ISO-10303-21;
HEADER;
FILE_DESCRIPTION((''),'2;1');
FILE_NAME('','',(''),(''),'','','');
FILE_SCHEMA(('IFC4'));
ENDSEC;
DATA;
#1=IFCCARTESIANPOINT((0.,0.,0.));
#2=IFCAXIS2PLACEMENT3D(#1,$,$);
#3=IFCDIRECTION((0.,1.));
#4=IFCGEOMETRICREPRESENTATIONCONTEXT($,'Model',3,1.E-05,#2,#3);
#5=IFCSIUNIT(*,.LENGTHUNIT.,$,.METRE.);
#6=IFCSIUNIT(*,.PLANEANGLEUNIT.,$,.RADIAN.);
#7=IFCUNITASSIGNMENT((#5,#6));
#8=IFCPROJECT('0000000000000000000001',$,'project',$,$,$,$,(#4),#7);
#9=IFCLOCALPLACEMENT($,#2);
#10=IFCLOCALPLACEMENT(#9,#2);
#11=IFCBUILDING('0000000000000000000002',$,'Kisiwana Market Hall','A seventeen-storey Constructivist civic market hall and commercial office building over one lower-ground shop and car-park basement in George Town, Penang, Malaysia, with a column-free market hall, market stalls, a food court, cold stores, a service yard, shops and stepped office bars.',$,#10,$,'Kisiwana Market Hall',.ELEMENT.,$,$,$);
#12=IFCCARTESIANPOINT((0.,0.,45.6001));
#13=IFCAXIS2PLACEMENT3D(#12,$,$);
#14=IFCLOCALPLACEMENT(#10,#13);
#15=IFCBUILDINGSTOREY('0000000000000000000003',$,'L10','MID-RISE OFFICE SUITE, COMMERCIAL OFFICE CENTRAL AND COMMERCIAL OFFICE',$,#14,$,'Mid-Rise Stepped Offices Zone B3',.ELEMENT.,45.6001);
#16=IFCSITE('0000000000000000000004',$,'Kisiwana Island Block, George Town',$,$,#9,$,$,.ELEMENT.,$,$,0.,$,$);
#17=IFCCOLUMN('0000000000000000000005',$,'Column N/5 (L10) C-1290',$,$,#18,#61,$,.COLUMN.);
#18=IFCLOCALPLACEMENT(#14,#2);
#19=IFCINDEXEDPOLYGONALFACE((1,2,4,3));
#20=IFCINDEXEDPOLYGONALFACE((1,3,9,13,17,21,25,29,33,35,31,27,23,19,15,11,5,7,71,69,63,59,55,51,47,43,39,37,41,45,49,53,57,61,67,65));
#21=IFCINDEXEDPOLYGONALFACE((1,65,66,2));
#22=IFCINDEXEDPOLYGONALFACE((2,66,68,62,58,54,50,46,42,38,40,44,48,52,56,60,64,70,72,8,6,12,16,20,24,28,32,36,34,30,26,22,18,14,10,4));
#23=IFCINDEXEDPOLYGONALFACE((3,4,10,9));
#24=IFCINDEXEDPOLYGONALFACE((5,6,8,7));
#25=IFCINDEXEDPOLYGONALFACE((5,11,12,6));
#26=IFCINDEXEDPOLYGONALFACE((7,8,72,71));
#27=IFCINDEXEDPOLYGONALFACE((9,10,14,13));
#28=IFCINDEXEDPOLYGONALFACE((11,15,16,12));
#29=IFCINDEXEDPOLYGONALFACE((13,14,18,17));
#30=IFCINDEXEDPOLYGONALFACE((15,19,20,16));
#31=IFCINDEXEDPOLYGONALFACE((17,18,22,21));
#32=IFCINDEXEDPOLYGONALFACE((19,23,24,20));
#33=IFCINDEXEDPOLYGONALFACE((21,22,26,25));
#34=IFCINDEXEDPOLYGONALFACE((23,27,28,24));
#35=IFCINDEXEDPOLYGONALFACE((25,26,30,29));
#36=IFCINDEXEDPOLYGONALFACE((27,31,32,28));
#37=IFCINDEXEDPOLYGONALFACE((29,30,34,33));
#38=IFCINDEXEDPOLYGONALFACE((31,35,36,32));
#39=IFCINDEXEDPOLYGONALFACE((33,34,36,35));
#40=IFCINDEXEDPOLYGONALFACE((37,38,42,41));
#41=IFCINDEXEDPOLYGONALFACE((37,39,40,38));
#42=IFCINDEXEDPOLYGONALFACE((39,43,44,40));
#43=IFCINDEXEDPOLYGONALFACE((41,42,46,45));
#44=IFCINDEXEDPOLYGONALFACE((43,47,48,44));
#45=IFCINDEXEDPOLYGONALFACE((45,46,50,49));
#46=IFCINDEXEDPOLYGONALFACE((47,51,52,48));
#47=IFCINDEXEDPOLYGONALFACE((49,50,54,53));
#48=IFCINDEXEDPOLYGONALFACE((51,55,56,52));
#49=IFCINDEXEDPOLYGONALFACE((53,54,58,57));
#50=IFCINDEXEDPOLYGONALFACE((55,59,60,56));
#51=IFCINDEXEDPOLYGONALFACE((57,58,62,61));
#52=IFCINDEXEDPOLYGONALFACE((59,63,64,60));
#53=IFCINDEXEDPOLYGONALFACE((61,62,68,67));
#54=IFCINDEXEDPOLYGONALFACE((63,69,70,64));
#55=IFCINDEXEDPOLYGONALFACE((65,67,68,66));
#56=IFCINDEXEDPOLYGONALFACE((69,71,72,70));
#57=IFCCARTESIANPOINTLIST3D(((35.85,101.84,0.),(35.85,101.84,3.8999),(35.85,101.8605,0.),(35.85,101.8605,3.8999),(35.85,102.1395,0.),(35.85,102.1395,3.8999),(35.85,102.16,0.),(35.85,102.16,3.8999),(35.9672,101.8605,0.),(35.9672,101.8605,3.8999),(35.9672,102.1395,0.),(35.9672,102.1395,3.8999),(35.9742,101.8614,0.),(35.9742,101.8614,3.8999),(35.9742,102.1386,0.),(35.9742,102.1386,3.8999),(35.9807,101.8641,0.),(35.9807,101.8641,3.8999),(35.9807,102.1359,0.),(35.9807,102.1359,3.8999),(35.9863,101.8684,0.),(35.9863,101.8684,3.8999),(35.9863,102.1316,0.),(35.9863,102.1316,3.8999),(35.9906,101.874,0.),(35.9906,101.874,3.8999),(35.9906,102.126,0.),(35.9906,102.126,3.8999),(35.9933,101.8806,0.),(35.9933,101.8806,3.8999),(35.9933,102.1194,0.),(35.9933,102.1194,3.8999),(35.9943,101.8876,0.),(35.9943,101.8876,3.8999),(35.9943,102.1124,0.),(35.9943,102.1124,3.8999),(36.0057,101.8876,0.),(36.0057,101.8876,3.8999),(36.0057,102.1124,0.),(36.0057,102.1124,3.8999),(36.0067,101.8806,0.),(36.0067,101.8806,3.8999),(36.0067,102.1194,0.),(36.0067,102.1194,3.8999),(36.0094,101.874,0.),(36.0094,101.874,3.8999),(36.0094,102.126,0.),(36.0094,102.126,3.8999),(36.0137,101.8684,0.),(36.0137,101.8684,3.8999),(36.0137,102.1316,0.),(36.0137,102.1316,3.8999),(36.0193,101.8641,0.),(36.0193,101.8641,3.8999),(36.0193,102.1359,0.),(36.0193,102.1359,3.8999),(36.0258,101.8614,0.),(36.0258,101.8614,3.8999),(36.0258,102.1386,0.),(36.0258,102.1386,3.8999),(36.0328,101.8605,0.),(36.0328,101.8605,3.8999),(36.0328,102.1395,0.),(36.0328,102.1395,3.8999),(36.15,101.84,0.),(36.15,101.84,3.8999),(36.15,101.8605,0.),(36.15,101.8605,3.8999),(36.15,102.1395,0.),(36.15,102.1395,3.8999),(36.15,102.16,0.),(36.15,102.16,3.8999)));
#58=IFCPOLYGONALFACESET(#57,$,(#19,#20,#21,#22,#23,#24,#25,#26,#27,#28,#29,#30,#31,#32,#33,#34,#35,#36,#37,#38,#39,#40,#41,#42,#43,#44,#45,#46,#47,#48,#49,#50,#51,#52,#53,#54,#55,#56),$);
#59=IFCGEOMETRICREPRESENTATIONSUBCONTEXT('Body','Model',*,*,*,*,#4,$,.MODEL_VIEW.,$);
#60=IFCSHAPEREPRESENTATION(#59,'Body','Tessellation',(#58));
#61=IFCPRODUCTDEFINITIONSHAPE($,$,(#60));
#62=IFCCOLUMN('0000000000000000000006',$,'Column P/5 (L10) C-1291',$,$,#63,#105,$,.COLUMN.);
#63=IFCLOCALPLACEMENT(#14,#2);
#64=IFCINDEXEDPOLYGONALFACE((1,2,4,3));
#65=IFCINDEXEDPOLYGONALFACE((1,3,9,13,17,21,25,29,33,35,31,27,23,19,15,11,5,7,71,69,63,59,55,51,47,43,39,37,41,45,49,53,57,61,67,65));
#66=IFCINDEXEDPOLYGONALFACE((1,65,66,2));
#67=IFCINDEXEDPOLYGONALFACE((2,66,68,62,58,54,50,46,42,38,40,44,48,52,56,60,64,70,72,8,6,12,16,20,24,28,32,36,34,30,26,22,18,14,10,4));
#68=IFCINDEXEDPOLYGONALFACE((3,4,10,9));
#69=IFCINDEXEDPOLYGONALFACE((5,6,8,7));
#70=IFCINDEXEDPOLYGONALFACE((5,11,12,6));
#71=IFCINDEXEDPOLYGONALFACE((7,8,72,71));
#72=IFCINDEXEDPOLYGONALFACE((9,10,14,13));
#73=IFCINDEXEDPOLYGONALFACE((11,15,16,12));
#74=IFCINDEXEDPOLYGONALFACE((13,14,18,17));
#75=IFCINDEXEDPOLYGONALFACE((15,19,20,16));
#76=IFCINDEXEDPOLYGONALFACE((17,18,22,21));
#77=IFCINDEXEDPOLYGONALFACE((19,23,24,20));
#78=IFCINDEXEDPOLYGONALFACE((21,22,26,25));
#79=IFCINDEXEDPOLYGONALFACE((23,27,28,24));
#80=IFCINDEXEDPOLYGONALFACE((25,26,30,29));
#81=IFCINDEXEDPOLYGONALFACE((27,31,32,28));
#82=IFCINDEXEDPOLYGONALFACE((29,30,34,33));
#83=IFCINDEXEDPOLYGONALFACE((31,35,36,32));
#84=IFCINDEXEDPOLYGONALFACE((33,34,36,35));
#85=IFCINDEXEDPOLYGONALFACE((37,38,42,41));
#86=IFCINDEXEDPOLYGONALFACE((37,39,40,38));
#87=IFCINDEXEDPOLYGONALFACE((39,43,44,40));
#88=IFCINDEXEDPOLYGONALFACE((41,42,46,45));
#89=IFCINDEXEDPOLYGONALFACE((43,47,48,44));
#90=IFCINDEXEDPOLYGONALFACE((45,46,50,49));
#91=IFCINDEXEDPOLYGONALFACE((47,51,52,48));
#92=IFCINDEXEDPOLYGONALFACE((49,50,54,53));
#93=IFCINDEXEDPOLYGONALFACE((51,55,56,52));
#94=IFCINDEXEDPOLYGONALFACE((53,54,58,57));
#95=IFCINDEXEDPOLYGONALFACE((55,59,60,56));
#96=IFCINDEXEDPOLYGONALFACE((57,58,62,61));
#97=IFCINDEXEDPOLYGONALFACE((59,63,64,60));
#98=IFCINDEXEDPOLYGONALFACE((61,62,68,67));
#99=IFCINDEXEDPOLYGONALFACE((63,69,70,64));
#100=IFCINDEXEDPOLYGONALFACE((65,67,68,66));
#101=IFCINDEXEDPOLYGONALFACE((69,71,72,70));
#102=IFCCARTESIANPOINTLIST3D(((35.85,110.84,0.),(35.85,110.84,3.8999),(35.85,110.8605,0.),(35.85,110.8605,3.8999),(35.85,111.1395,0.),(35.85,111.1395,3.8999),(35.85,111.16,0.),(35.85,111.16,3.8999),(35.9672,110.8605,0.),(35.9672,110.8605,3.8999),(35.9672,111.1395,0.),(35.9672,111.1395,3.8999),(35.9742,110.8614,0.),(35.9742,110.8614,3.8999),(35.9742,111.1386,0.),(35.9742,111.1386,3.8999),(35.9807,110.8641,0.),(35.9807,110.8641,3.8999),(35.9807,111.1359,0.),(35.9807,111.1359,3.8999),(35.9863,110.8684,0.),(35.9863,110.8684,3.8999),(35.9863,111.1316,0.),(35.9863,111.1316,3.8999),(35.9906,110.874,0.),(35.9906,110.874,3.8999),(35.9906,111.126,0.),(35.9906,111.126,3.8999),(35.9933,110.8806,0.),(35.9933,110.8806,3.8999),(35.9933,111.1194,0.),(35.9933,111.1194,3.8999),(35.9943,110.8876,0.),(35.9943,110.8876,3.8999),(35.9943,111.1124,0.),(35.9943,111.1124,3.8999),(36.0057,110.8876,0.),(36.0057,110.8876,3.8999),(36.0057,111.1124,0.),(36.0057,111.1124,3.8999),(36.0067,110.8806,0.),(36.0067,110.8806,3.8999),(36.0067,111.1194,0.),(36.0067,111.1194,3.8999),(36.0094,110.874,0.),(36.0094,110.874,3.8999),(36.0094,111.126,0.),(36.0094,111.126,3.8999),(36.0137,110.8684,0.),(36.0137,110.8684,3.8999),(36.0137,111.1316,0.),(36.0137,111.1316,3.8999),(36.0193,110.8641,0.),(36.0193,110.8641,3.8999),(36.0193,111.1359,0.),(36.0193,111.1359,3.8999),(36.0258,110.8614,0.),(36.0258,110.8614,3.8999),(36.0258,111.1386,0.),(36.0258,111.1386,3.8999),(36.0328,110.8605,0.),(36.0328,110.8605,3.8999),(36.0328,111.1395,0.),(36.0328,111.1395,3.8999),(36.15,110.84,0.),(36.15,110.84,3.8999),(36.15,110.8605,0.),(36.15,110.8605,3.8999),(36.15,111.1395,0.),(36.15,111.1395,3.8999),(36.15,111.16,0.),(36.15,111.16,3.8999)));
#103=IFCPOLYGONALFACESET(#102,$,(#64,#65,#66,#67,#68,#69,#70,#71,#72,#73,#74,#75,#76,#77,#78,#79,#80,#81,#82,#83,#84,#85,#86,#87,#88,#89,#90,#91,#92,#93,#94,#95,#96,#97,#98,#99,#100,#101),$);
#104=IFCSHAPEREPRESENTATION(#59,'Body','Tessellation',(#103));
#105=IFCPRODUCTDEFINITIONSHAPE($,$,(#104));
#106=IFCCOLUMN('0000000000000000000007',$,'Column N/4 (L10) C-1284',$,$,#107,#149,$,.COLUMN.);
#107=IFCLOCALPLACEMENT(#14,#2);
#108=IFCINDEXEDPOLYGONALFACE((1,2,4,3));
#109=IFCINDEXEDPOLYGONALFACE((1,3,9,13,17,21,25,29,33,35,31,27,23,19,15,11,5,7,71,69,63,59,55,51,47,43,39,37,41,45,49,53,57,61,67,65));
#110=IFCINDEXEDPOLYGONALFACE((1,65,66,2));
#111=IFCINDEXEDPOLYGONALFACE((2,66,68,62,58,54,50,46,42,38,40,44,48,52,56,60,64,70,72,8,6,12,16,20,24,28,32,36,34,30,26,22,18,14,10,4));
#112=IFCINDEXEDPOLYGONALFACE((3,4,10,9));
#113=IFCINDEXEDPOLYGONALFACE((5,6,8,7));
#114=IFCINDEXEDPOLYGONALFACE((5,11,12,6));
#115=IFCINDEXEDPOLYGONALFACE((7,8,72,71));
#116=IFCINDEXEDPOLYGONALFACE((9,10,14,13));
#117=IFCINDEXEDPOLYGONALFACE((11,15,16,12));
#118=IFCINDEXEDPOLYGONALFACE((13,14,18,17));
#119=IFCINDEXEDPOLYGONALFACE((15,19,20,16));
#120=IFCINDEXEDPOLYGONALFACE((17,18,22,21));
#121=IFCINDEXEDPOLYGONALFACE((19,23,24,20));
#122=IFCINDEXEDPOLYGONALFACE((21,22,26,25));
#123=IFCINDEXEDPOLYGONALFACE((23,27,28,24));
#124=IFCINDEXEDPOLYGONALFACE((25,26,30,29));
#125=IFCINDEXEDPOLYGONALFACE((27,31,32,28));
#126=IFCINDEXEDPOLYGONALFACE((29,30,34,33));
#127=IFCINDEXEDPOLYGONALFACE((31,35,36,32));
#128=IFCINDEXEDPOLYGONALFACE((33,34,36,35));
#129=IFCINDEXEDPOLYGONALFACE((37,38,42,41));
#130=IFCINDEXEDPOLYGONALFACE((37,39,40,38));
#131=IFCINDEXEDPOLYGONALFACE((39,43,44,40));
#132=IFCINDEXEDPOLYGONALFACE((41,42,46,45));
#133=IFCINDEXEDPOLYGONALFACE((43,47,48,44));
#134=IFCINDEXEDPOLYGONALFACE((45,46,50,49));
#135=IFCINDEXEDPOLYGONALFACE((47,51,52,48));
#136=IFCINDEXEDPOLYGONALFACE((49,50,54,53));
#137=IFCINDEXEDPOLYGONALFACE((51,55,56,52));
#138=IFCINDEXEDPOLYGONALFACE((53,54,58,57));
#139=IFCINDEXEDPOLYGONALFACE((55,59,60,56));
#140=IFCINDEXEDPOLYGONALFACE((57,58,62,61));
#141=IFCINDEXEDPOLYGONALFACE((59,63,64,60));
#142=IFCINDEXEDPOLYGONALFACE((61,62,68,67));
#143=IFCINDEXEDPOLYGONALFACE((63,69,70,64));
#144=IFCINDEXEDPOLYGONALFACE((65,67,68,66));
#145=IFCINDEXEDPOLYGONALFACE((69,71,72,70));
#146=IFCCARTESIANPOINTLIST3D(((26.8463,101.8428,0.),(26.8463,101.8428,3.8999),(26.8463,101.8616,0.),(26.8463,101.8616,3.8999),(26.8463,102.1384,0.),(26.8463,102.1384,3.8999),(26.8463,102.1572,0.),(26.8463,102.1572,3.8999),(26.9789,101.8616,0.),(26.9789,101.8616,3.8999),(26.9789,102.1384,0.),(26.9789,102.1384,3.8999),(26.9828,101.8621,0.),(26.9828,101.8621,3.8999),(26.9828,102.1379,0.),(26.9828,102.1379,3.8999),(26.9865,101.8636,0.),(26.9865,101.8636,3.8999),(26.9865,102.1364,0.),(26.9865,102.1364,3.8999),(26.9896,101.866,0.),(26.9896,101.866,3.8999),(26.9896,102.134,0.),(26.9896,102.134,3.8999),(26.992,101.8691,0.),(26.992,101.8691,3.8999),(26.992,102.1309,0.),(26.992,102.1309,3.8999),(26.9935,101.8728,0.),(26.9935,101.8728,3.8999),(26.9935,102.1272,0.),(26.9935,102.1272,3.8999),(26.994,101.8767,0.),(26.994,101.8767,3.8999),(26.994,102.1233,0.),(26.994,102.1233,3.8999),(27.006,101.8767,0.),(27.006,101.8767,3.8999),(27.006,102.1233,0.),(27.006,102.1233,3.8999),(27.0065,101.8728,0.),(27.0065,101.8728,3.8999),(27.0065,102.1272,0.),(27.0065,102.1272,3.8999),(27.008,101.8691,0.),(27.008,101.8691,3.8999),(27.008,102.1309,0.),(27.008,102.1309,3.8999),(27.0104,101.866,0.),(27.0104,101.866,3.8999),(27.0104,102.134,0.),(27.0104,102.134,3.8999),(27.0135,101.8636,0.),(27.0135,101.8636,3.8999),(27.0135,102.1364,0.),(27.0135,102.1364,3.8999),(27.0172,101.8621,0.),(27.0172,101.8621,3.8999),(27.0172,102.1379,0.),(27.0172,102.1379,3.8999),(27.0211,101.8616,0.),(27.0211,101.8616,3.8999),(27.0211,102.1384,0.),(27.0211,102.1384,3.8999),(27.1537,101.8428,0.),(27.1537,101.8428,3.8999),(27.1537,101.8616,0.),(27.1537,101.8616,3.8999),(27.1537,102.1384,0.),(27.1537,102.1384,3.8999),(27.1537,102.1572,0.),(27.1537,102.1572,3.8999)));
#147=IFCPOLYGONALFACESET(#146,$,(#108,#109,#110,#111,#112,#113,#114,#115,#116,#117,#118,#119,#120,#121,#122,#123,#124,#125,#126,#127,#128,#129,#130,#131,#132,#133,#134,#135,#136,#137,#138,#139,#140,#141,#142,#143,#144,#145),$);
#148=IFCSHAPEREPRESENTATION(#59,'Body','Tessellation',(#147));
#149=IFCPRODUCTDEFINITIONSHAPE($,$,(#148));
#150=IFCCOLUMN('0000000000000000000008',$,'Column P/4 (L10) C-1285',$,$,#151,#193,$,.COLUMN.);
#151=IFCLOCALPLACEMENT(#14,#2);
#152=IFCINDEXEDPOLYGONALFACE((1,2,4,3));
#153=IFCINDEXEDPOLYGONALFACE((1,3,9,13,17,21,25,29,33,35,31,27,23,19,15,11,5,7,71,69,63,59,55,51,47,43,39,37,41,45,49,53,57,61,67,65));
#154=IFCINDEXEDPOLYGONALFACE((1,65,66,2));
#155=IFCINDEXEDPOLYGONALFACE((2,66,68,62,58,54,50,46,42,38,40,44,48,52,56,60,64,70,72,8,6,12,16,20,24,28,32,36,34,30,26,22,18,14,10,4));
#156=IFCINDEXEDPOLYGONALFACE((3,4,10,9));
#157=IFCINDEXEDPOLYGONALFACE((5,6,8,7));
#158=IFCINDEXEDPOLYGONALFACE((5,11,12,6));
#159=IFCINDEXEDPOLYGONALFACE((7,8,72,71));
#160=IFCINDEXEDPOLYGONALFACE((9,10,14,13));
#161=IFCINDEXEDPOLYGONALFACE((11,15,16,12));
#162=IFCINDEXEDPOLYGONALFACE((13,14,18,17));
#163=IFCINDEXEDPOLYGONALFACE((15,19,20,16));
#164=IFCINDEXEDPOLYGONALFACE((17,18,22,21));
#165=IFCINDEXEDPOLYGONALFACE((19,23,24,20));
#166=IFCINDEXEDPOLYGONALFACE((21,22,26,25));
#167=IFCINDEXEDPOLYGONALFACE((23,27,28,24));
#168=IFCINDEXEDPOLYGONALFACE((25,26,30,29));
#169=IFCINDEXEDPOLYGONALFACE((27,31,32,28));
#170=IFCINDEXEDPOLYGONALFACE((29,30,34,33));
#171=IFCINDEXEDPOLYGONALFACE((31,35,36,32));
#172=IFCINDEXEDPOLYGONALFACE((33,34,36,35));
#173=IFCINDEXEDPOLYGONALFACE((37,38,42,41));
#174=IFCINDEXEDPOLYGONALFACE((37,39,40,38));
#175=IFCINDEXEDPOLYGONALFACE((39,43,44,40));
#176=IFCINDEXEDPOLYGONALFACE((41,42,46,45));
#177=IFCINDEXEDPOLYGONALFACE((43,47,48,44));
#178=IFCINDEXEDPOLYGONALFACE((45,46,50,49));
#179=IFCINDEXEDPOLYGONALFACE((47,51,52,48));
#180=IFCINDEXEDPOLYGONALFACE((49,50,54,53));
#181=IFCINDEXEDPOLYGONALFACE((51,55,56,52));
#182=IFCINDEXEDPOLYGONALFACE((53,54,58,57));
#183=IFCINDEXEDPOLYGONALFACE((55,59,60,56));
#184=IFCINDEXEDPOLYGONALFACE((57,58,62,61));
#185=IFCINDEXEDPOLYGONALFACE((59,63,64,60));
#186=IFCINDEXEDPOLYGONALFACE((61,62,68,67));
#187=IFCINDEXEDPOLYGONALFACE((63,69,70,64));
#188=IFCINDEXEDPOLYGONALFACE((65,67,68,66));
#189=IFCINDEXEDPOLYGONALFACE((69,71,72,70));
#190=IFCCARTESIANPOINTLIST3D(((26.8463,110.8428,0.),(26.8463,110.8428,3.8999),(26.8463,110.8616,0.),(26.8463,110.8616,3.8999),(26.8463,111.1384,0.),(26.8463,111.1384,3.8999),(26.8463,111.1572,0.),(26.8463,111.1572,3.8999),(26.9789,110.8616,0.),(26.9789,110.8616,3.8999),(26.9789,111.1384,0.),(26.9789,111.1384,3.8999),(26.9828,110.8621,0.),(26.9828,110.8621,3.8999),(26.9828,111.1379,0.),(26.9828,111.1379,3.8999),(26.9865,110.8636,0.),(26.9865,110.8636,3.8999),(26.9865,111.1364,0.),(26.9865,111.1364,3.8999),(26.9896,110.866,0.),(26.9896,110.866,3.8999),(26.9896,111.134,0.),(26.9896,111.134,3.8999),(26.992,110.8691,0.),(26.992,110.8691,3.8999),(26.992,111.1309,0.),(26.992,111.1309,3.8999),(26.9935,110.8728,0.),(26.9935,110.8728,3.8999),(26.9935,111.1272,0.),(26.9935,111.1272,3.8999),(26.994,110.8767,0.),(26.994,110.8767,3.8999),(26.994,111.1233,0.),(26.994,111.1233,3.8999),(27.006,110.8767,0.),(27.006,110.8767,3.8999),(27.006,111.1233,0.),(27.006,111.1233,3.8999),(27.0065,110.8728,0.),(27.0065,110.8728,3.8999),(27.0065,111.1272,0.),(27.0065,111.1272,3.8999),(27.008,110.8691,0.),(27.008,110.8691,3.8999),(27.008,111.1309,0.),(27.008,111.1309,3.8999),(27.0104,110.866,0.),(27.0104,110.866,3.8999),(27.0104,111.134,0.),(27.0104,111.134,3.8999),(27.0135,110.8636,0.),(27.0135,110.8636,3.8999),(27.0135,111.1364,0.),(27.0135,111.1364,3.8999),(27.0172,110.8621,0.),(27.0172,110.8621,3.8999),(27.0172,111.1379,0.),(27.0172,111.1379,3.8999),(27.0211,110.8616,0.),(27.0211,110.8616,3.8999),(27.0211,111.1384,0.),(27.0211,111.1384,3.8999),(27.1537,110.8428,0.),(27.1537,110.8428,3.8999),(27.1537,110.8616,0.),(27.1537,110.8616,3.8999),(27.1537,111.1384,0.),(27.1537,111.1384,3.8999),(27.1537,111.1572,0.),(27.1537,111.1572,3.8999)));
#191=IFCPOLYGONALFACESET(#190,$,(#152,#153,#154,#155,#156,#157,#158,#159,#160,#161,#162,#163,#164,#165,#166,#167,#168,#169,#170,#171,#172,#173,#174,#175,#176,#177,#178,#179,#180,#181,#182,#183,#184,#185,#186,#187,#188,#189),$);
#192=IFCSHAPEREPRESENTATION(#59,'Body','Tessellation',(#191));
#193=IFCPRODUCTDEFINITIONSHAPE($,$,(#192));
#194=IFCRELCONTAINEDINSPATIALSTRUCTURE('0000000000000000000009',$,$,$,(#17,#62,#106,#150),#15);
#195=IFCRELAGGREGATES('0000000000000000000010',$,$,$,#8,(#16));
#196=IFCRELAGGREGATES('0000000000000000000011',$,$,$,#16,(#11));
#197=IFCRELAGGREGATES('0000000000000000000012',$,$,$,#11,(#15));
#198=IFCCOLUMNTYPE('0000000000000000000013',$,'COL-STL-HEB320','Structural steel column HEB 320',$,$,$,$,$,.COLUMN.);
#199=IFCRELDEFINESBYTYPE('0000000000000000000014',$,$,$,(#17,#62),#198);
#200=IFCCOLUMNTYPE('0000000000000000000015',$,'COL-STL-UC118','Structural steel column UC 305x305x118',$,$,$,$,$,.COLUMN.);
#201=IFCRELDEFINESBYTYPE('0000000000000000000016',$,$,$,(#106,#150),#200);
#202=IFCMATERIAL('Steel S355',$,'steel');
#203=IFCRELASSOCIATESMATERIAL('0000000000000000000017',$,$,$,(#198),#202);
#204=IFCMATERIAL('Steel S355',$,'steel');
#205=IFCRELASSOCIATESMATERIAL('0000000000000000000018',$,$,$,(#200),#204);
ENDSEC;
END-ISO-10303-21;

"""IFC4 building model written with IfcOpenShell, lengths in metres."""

from ifc_helpers import new_model, si_unit, direction, frame, origin, origin_2d, place, context, subcontext, project, spatial, i_section, extrude, material, material_profile, profile_set, type_object, element, save


model = new_model("IFC4")

# Units and contexts
model_context = context("Model", 3, precision=1e-05, world=origin(), true_north=direction((0.0, 1.0)))
body_context = subcontext(model_context, "Body", "Model", "MODEL_VIEW")
ifc_project = project(units=[si_unit("LENGTHUNIT", "METRE"), si_unit("PLANEANGLEUNIT", "RADIAN")], contexts=[model_context])

# Site, building, storey
site_placement = place(None, origin())
site = spatial("IfcSite", under=ifc_project, at=site_placement, Name="Kisiwana Island Block, George Town", CompositionType="ELEMENT", RefElevation=0.0)
building_placement = place(site_placement, origin())
building = spatial("IfcBuilding", under=site, at=building_placement, Name="Kisiwana Market Hall", Description="A seventeen-storey Constructivist civic market hall and commercial office building over one lower-ground shop and car-park basement in George Town, Penang, Malaysia, with a column-free market hall, market stalls, a food court, cold stores, a service yard, shops and stepped office bars.", LongName="Kisiwana Market Hall", CompositionType="ELEMENT")
storey_placement = place(building_placement, frame((0.0, 0.0, 45.6001)))
storey = spatial("IfcBuildingStorey", under=building, at=storey_placement, Name="L10", Description="MID-RISE OFFICE SUITE, COMMERCIAL OFFICE CENTRAL AND COMMERCIAL OFFICE", LongName="Mid-Rise Stepped Offices Zone B3", CompositionType="ELEMENT", Elevation=45.6001)

# Columns
ifc_material_1 = material(Name="Steel S355", Category="steel")
ifc_material_profile_1 = material_profile(ifc_material_1, i_section(OverallWidth=0.3, OverallDepth=0.3201, WebThickness=0.0115, FlangeThickness=0.0205, FilletRadius=0.0271, at=origin_2d()), Name="HEB 320")
ifc_profile_set_1 = profile_set([ifc_material_profile_1], Name="Steel S355")
column_type_1 = type_object("IfcColumnType", Name="COL-STL-HEB320", Description="Structural steel column HEB 320", PredefinedType="COLUMN", material=ifc_profile_set_1)
for number, where, z_axis, x_axis, name in (
    (1, (36.0, 102.0, 0.0), (0.0, 0.0, 1.0), (1.0, 0.0, 0.0), "Column N/5 (L10) C-1290"),
    (2, (36.0, 111.0, 0.0), (0.0, 0.0, 1.0), (1.0, 0.0, 0.0), "Column P/5 (L10) C-1291"),
):
    element("IfcColumn", number, at=place(storey_placement, frame(where, z_axis=z_axis, x_axis=x_axis)), inside=storey, type_object=column_type_1, Name=name, PredefinedType="COLUMN", context=body_context, shape_type="SweptSolid", body=[
        extrude(i_section(OverallWidth=0.3, OverallDepth=0.3201, WebThickness=0.0115, FlangeThickness=0.0205, FilletRadius=0.0271, at=origin_2d()), origin(), (0.0, 0.0, 1.0), 3.8999),
    ])
ifc_material_2 = material(Name="Steel S355", Category="steel")
ifc_material_profile_2 = material_profile(ifc_material_2, i_section(OverallWidth=0.3074, OverallDepth=0.3145, WebThickness=0.012, FlangeThickness=0.0188, FilletRadius=0.0151, at=origin_2d()), Name="UC 305x305x118")
ifc_profile_set_2 = profile_set([ifc_material_profile_2], Name="Steel S355")
column_type_2 = type_object("IfcColumnType", Name="COL-STL-UC118", Description="Structural steel column UC 305x305x118", PredefinedType="COLUMN", material=ifc_profile_set_2)
for number, where, z_axis, x_axis, name in (
    (3, (27.0, 102.0, 0.0), (0.0, 0.0, 1.0), (1.0, 0.0, 0.0), "Column N/4 (L10) C-1284"),
    (4, (27.0, 111.0, 0.0), (0.0, 0.0, 1.0), (1.0, 0.0, 0.0), "Column P/4 (L10) C-1285"),
):
    element("IfcColumn", number, at=place(storey_placement, frame(where, z_axis=z_axis, x_axis=x_axis)), inside=storey, type_object=column_type_2, Name=name, PredefinedType="COLUMN", context=body_context, shape_type="SweptSolid", body=[
        extrude(i_section(OverallWidth=0.3074, OverallDepth=0.3145, WebThickness=0.012, FlangeThickness=0.0188, FilletRadius=0.0151, at=origin_2d()), origin(), (0.0, 0.0, 1.0), 3.8999),
    ])

save(model, "model.ifc")
